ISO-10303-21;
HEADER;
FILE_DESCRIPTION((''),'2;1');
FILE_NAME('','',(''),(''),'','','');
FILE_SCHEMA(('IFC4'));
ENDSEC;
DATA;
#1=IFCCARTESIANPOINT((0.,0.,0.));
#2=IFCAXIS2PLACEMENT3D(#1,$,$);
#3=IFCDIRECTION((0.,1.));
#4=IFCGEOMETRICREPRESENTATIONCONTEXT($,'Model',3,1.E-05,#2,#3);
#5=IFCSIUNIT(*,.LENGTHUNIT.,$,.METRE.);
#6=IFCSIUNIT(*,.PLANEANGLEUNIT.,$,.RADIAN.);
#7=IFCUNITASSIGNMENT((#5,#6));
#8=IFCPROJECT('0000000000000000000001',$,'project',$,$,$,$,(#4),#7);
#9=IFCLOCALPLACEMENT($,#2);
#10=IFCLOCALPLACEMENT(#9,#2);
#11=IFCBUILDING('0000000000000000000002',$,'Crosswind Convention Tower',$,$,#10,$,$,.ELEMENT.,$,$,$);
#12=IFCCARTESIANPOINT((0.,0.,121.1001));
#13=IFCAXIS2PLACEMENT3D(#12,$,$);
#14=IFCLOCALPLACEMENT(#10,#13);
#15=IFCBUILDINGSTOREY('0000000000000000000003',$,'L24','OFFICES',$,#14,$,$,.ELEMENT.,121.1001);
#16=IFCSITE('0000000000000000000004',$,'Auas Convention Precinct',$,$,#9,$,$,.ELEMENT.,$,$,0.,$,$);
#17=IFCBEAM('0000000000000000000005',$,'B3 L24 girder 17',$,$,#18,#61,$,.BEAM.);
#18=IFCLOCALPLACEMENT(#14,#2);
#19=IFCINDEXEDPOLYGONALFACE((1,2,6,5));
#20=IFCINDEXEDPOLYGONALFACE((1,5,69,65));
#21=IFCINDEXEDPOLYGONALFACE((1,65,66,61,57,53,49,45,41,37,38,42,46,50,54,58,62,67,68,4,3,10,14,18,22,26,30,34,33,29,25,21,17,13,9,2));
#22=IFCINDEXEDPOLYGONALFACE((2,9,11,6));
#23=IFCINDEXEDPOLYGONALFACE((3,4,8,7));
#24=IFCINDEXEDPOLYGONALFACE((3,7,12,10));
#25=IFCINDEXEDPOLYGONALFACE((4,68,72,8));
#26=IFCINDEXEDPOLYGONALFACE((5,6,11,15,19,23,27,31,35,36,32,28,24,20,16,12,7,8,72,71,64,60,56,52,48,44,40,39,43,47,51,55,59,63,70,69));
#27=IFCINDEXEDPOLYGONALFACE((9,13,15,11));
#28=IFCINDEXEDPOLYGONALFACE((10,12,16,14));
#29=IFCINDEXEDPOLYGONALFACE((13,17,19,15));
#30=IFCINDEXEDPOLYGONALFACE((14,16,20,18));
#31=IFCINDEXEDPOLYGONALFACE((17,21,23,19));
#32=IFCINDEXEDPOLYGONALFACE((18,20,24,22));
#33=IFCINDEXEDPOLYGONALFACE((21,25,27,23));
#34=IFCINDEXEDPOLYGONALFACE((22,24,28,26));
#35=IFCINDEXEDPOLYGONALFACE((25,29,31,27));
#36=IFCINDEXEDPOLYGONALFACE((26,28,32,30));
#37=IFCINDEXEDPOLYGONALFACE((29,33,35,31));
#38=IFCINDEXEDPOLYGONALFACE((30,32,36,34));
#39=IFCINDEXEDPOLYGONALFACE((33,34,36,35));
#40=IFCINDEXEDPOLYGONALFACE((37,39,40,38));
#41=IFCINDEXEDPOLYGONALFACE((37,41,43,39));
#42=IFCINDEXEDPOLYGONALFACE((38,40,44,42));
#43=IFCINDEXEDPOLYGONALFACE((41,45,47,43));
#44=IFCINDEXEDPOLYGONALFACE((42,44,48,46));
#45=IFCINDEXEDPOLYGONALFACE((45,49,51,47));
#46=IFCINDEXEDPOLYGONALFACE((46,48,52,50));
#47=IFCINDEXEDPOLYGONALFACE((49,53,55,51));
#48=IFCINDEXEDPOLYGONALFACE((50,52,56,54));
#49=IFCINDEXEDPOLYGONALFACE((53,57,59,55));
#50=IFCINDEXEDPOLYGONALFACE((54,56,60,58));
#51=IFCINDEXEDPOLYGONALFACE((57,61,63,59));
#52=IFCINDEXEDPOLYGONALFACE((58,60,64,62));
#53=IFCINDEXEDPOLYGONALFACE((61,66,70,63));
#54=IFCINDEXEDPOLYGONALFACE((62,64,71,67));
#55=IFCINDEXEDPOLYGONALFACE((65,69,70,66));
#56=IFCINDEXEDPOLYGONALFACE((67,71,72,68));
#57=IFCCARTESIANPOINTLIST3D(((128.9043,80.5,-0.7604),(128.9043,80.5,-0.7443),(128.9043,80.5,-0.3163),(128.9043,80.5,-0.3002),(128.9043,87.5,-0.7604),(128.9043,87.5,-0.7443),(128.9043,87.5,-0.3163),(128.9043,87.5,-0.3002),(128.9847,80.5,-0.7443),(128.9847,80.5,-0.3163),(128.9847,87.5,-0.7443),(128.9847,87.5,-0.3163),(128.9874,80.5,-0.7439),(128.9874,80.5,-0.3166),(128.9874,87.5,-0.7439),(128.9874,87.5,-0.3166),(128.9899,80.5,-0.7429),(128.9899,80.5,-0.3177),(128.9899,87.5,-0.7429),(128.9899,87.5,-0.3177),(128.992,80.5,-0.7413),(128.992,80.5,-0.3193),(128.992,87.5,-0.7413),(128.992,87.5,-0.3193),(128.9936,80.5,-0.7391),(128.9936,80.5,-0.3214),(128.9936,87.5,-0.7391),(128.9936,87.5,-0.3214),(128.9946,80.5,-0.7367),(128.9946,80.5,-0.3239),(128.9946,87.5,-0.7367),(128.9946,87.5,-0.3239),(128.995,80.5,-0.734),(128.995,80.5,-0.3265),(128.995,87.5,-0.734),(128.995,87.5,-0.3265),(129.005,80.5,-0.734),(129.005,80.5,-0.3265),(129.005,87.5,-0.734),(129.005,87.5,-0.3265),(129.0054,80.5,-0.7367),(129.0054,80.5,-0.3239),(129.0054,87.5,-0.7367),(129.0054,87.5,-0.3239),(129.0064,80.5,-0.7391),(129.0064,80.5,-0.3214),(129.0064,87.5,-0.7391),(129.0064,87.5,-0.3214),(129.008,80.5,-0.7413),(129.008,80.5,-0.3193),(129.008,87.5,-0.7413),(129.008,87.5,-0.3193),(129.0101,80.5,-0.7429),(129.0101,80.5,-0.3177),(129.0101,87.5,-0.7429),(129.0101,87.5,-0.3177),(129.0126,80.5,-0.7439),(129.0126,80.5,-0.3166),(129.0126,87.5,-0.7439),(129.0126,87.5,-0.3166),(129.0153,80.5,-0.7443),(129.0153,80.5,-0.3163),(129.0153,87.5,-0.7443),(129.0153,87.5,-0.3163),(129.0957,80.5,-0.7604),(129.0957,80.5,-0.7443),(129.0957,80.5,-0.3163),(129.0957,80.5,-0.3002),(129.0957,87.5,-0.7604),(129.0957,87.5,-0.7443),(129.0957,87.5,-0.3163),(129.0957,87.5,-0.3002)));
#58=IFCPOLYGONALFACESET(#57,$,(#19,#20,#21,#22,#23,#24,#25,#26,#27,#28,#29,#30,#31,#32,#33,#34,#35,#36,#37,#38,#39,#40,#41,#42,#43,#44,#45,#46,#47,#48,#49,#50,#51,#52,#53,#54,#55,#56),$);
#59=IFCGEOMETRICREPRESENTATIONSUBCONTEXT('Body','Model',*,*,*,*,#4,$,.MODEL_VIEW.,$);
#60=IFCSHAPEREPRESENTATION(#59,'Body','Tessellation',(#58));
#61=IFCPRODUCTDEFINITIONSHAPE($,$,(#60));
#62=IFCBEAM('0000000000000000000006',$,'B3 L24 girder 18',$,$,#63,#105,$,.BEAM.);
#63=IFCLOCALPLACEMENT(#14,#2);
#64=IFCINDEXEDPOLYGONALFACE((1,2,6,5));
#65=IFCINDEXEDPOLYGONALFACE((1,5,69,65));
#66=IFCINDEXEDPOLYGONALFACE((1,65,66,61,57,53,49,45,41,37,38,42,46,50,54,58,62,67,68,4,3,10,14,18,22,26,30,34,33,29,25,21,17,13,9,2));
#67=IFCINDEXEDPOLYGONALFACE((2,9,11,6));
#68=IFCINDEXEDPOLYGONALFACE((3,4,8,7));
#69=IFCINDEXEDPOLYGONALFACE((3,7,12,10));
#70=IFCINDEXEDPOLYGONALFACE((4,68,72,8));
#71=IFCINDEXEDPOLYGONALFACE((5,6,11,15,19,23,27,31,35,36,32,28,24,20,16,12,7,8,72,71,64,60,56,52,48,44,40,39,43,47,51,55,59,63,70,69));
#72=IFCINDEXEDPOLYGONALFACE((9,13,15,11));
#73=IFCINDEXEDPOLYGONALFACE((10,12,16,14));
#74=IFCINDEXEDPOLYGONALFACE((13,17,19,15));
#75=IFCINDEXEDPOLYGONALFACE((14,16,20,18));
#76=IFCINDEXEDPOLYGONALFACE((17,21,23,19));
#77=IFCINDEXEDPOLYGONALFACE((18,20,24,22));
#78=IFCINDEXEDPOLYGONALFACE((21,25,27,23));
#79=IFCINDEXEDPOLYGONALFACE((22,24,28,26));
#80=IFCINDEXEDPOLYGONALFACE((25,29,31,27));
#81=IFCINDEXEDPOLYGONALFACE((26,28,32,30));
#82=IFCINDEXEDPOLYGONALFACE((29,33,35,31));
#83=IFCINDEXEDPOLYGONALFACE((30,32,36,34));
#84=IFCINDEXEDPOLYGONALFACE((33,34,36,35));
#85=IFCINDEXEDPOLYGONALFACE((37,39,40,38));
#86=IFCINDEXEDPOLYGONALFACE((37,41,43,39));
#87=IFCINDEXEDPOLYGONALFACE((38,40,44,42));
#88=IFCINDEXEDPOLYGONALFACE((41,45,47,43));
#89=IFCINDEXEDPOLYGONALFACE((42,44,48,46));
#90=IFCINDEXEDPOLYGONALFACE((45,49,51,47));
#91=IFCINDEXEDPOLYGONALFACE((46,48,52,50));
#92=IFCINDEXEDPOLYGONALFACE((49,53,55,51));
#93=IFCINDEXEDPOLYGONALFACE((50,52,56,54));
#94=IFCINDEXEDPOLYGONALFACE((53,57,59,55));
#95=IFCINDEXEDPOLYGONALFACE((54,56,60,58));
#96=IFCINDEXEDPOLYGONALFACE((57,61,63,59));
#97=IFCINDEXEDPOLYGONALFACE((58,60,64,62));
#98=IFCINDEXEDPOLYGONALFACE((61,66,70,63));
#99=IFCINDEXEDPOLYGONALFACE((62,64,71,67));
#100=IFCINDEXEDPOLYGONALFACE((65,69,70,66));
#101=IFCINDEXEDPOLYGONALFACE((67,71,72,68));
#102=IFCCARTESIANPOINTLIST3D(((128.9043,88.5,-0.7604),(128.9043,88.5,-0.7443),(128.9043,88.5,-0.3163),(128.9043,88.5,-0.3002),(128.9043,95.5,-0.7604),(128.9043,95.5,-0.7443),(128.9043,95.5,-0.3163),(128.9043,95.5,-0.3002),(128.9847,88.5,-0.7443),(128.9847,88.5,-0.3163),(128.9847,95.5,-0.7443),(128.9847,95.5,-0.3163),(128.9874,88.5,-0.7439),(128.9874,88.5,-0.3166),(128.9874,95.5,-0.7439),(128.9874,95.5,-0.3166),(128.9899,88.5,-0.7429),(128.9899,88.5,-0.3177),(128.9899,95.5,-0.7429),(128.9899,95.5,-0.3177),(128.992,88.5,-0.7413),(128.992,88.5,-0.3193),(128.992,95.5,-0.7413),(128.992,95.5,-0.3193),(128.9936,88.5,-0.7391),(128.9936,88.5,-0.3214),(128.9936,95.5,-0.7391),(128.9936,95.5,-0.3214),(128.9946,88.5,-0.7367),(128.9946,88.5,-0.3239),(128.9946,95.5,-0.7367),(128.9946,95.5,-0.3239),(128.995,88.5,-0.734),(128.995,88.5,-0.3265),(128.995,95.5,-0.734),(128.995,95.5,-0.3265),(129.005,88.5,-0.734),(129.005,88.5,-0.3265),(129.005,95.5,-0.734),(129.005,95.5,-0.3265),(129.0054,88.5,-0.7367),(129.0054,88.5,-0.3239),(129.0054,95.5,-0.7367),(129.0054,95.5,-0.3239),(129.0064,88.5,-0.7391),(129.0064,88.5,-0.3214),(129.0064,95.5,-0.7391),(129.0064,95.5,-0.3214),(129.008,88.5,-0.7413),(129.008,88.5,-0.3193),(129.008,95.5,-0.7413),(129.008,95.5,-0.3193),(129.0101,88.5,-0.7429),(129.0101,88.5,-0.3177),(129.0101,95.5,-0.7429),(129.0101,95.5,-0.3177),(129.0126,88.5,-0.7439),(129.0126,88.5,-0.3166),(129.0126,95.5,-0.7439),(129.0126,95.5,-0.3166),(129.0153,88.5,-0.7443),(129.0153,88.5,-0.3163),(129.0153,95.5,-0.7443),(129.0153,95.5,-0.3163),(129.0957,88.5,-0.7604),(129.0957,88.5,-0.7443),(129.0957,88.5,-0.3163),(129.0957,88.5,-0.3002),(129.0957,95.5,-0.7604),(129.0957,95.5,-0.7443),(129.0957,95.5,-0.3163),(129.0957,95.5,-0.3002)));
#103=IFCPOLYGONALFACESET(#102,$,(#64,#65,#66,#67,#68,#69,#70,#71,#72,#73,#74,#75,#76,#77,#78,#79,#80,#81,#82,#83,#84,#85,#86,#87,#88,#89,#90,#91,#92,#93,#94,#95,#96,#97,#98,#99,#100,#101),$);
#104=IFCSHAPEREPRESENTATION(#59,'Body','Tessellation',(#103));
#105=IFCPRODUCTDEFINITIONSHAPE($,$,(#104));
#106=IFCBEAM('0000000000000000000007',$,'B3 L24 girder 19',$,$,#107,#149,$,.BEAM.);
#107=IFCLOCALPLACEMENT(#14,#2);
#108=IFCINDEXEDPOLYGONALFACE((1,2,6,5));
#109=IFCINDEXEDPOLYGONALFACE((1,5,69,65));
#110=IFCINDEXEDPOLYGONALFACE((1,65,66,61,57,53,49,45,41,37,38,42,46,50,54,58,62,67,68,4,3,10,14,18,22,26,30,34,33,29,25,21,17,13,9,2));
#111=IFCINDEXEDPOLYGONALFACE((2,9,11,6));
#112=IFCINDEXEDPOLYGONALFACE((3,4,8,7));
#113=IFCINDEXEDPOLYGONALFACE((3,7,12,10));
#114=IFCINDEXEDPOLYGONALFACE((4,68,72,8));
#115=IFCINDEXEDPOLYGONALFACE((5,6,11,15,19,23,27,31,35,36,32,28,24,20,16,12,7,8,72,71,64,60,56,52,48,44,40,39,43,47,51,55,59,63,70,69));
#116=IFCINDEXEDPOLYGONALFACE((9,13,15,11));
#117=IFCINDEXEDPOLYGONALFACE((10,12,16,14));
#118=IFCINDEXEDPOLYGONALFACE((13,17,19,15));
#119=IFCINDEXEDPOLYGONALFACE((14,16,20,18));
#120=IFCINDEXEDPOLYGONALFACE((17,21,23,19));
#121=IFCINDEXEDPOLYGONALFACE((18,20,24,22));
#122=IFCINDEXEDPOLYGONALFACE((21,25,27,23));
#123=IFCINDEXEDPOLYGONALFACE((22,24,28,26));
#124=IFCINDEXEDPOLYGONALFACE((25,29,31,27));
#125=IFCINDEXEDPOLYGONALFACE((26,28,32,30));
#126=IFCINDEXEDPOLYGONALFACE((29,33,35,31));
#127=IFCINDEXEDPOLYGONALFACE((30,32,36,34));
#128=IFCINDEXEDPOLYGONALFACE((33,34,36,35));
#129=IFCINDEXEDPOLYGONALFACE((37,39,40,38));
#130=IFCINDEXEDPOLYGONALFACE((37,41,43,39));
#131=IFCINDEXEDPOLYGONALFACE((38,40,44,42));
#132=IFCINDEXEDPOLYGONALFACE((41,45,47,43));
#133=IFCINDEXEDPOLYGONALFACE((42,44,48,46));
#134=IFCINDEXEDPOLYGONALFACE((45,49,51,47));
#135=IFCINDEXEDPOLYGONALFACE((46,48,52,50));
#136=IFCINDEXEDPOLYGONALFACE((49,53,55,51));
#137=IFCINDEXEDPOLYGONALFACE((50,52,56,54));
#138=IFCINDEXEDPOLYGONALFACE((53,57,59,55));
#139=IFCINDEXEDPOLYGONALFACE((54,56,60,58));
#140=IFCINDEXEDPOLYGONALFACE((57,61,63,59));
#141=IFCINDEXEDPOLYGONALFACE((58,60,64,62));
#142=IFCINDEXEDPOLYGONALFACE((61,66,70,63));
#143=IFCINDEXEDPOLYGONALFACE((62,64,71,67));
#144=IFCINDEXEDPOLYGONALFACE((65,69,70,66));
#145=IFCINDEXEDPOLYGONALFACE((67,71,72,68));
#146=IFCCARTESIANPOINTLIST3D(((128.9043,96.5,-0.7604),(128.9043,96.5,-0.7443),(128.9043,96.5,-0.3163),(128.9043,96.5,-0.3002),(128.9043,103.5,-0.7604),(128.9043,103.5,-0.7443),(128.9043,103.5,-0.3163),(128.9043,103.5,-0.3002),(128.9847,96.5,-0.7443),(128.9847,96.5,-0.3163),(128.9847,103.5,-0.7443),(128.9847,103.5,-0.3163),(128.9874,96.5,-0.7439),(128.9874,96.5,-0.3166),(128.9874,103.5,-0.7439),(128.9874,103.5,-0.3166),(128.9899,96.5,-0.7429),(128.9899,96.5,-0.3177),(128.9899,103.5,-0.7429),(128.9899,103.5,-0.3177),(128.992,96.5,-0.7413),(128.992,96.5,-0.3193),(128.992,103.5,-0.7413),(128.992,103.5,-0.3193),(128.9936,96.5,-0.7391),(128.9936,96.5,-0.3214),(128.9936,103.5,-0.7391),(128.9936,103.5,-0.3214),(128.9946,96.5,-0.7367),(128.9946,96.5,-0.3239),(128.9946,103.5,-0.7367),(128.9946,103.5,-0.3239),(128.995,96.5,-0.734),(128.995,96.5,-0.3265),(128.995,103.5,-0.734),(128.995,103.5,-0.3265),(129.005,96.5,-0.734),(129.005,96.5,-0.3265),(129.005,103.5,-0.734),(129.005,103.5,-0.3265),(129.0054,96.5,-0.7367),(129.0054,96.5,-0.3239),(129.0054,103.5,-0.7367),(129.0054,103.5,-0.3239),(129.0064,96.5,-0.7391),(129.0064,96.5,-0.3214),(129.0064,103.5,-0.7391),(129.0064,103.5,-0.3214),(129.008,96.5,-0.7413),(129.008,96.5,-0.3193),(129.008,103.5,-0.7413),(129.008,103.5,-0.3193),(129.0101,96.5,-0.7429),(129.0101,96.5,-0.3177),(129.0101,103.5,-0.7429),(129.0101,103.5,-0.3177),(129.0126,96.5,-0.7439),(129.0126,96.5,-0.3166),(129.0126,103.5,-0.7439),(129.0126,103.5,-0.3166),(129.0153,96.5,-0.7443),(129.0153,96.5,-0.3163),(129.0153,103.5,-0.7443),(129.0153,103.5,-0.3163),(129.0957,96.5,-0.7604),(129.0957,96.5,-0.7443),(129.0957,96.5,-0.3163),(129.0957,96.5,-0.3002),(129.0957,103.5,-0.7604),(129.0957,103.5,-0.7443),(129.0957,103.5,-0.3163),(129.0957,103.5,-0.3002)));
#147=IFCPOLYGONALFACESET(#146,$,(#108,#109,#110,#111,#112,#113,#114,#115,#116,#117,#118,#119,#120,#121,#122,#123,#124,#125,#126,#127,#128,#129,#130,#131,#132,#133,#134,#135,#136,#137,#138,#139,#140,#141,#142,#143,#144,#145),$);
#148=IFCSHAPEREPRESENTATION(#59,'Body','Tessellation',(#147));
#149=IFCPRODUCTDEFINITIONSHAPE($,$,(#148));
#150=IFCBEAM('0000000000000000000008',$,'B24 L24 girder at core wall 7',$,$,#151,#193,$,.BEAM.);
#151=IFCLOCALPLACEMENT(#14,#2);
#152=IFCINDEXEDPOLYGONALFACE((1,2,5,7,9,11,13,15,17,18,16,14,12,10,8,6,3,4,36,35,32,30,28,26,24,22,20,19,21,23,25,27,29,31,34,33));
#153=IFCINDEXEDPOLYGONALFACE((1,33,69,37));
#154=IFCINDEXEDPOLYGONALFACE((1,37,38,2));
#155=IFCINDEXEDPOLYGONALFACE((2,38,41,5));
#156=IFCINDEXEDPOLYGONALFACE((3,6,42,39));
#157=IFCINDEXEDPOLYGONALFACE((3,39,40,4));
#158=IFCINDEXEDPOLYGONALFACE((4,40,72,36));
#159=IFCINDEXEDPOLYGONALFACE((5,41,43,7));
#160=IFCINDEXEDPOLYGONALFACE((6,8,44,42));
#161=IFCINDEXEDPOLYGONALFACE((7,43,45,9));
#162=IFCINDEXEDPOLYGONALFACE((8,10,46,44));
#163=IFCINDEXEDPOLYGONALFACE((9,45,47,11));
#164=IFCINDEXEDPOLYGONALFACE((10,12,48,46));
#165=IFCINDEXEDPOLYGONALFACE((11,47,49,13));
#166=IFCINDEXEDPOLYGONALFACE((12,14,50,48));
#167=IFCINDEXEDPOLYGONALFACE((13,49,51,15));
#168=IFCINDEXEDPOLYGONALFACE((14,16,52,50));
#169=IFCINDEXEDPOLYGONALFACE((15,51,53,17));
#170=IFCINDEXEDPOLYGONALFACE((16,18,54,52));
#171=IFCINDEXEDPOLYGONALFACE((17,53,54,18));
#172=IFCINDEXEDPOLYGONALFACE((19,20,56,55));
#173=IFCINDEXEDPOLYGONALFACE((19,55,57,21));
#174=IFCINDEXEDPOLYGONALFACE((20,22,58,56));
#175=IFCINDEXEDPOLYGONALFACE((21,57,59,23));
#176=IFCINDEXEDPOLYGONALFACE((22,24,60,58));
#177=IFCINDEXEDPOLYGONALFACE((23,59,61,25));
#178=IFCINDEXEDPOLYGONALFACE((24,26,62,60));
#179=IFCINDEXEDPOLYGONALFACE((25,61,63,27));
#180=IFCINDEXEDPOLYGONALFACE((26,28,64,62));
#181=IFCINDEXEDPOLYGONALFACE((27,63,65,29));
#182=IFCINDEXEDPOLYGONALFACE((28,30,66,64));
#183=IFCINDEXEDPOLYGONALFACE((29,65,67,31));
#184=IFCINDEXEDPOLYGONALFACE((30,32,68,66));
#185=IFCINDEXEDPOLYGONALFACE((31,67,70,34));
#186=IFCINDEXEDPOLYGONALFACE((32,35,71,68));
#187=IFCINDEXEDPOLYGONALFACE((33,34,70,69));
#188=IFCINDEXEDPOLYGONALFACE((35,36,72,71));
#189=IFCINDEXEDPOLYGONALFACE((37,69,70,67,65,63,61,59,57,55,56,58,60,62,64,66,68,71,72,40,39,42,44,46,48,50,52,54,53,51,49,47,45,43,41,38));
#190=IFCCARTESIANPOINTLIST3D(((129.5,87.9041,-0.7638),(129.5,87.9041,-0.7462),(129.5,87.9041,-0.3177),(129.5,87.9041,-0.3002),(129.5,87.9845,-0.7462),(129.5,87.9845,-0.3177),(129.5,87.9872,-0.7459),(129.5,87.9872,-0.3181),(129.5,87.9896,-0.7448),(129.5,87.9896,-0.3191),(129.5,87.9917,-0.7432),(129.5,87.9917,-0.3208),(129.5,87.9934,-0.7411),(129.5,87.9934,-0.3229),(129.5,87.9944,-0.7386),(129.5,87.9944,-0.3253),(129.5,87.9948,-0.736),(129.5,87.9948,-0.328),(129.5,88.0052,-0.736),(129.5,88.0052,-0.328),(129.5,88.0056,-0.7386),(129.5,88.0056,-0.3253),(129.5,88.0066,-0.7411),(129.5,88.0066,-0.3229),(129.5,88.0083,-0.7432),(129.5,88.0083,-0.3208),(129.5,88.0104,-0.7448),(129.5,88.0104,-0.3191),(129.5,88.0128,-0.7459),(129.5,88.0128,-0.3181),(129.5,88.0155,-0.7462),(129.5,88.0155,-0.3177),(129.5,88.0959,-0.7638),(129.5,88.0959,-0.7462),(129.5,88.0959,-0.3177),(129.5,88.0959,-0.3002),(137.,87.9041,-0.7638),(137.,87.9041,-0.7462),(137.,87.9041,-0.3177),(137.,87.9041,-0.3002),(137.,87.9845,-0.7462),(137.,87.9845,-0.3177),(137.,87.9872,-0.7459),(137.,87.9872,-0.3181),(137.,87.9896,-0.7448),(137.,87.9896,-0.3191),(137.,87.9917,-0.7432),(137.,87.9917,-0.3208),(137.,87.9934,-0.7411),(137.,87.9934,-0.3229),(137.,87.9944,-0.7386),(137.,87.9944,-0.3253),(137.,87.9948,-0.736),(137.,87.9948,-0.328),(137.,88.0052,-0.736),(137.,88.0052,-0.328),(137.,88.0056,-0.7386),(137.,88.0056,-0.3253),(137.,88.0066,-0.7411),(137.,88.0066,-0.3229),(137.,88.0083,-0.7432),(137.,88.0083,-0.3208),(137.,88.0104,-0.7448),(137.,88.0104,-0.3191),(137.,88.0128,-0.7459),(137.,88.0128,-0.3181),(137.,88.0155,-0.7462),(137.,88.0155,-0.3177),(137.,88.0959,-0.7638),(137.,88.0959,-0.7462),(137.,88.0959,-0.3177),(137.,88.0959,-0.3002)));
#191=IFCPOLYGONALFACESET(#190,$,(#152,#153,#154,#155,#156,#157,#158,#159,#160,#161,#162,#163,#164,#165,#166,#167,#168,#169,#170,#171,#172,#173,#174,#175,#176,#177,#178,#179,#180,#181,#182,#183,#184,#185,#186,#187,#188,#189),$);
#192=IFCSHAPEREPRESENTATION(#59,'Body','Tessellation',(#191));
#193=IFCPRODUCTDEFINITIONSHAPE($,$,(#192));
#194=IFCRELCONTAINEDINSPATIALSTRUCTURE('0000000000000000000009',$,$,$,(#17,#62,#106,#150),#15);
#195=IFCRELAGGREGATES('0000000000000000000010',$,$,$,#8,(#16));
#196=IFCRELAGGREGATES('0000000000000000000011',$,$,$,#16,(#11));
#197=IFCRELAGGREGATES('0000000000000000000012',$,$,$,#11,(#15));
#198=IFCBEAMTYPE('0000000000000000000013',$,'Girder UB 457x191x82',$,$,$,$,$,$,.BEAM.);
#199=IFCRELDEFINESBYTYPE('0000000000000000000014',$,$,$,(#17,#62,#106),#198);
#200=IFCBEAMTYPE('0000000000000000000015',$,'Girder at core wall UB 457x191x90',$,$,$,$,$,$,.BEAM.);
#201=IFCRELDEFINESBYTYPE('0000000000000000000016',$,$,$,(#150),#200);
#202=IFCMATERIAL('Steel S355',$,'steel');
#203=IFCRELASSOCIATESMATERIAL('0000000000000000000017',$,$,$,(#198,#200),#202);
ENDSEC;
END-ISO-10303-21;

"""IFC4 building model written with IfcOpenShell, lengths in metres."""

from ifc_helpers import new_model, si_unit, direction, frame, origin, origin_2d, place, context, subcontext, project, spatial, i_section, extrude, material, material_profile, profile_set, type_object, element, save


model = new_model("IFC4")

# Units and contexts
model_context = context("Model", 3, precision=1e-05, world=origin(), true_north=direction((0.0, 1.0)))
body_context = subcontext(model_context, "Body", "Model", "MODEL_VIEW")
ifc_project = project(units=[si_unit("LENGTHUNIT", "METRE"), si_unit("PLANEANGLEUNIT", "RADIAN")], contexts=[model_context])

# Site, building, storey
site_placement = place(None, origin())
site = spatial("IfcSite", under=ifc_project, at=site_placement, Name="Auas Convention Precinct", CompositionType="ELEMENT", RefElevation=0.0)
building_placement = place(site_placement, origin())
building = spatial("IfcBuilding", under=site, at=building_placement, Name="Crosswind Convention Tower", CompositionType="ELEMENT")
storey_placement = place(building_placement, frame((0.0, 0.0, 121.1001)))
storey = spatial("IfcBuildingStorey", under=building, at=storey_placement, Name="L24", Description="OFFICES", CompositionType="ELEMENT", Elevation=121.1001)

# Beams
ifc_material_1 = material(Name="Steel S355", Category="steel")
ifc_material_profile_1 = material_profile(ifc_material_1, i_section(OverallWidth=0.1914, OverallDepth=0.4602, WebThickness=0.01, FlangeThickness=0.0161, FilletRadius=0.0103, at=origin_2d()), Name="UB 457x191x82")
ifc_profile_set_1 = profile_set([ifc_material_profile_1], Name="Steel S355")
beam_type_1 = type_object("IfcBeamType", Name="Girder UB 457x191x82", PredefinedType="BEAM", material=ifc_profile_set_1)
for number, where, z_axis, x_axis, name in (
    (1, (129.0, 80.5, -0.5303), (0.0, 1.0, 0.0), (-1.0, 0.0, 0.0), "B3 L24 girder 17"),
    (2, (129.0, 88.5, -0.5303), (0.0, 1.0, 0.0), (-1.0, 0.0, 0.0), "B3 L24 girder 18"),
    (3, (129.0, 96.5, -0.5303), (0.0, 1.0, 0.0), (-1.0, 0.0, 0.0), "B3 L24 girder 19"),
):
    element("IfcBeam", number, at=place(storey_placement, frame(where, z_axis=z_axis, x_axis=x_axis)), inside=storey, type_object=beam_type_1, Name=name, PredefinedType="BEAM", context=body_context, shape_type="SweptSolid", body=[
        extrude(i_section(OverallWidth=0.1914, OverallDepth=0.4602, WebThickness=0.01, FlangeThickness=0.0161, FilletRadius=0.0103, at=origin_2d()), origin(), (0.0, 0.0, 1.0), 7.0),
    ])
ifc_material_profile_2 = material_profile(ifc_material_1, i_section(OverallWidth=0.1919, OverallDepth=0.4636, WebThickness=0.0105, FlangeThickness=0.0176, FilletRadius=0.0103, at=origin_2d()), Name="UB 457x191x90")
ifc_profile_set_2 = profile_set([ifc_material_profile_2], Name="Steel S355")
beam_type_2 = type_object("IfcBeamType", Name="Girder at core wall UB 457x191x90", PredefinedType="BEAM", material=ifc_profile_set_2)
for number, where, z_axis, x_axis, name in (
    (4, (129.5, 88.0, -0.532), (1.0, 0.0, 0.0), (0.0, 1.0, 0.0), "B24 L24 girder at core wall 7"),
):
    element("IfcBeam", number, at=place(storey_placement, frame(where, z_axis=z_axis, x_axis=x_axis)), inside=storey, type_object=beam_type_2, Name=name, PredefinedType="BEAM", context=body_context, shape_type="SweptSolid", body=[
        extrude(i_section(OverallWidth=0.1919, OverallDepth=0.4636, WebThickness=0.0105, FlangeThickness=0.0176, FilletRadius=0.0103, at=origin_2d()), origin(), (0.0, 0.0, 1.0), 7.5),
    ])

save(model, "model.ifc")
